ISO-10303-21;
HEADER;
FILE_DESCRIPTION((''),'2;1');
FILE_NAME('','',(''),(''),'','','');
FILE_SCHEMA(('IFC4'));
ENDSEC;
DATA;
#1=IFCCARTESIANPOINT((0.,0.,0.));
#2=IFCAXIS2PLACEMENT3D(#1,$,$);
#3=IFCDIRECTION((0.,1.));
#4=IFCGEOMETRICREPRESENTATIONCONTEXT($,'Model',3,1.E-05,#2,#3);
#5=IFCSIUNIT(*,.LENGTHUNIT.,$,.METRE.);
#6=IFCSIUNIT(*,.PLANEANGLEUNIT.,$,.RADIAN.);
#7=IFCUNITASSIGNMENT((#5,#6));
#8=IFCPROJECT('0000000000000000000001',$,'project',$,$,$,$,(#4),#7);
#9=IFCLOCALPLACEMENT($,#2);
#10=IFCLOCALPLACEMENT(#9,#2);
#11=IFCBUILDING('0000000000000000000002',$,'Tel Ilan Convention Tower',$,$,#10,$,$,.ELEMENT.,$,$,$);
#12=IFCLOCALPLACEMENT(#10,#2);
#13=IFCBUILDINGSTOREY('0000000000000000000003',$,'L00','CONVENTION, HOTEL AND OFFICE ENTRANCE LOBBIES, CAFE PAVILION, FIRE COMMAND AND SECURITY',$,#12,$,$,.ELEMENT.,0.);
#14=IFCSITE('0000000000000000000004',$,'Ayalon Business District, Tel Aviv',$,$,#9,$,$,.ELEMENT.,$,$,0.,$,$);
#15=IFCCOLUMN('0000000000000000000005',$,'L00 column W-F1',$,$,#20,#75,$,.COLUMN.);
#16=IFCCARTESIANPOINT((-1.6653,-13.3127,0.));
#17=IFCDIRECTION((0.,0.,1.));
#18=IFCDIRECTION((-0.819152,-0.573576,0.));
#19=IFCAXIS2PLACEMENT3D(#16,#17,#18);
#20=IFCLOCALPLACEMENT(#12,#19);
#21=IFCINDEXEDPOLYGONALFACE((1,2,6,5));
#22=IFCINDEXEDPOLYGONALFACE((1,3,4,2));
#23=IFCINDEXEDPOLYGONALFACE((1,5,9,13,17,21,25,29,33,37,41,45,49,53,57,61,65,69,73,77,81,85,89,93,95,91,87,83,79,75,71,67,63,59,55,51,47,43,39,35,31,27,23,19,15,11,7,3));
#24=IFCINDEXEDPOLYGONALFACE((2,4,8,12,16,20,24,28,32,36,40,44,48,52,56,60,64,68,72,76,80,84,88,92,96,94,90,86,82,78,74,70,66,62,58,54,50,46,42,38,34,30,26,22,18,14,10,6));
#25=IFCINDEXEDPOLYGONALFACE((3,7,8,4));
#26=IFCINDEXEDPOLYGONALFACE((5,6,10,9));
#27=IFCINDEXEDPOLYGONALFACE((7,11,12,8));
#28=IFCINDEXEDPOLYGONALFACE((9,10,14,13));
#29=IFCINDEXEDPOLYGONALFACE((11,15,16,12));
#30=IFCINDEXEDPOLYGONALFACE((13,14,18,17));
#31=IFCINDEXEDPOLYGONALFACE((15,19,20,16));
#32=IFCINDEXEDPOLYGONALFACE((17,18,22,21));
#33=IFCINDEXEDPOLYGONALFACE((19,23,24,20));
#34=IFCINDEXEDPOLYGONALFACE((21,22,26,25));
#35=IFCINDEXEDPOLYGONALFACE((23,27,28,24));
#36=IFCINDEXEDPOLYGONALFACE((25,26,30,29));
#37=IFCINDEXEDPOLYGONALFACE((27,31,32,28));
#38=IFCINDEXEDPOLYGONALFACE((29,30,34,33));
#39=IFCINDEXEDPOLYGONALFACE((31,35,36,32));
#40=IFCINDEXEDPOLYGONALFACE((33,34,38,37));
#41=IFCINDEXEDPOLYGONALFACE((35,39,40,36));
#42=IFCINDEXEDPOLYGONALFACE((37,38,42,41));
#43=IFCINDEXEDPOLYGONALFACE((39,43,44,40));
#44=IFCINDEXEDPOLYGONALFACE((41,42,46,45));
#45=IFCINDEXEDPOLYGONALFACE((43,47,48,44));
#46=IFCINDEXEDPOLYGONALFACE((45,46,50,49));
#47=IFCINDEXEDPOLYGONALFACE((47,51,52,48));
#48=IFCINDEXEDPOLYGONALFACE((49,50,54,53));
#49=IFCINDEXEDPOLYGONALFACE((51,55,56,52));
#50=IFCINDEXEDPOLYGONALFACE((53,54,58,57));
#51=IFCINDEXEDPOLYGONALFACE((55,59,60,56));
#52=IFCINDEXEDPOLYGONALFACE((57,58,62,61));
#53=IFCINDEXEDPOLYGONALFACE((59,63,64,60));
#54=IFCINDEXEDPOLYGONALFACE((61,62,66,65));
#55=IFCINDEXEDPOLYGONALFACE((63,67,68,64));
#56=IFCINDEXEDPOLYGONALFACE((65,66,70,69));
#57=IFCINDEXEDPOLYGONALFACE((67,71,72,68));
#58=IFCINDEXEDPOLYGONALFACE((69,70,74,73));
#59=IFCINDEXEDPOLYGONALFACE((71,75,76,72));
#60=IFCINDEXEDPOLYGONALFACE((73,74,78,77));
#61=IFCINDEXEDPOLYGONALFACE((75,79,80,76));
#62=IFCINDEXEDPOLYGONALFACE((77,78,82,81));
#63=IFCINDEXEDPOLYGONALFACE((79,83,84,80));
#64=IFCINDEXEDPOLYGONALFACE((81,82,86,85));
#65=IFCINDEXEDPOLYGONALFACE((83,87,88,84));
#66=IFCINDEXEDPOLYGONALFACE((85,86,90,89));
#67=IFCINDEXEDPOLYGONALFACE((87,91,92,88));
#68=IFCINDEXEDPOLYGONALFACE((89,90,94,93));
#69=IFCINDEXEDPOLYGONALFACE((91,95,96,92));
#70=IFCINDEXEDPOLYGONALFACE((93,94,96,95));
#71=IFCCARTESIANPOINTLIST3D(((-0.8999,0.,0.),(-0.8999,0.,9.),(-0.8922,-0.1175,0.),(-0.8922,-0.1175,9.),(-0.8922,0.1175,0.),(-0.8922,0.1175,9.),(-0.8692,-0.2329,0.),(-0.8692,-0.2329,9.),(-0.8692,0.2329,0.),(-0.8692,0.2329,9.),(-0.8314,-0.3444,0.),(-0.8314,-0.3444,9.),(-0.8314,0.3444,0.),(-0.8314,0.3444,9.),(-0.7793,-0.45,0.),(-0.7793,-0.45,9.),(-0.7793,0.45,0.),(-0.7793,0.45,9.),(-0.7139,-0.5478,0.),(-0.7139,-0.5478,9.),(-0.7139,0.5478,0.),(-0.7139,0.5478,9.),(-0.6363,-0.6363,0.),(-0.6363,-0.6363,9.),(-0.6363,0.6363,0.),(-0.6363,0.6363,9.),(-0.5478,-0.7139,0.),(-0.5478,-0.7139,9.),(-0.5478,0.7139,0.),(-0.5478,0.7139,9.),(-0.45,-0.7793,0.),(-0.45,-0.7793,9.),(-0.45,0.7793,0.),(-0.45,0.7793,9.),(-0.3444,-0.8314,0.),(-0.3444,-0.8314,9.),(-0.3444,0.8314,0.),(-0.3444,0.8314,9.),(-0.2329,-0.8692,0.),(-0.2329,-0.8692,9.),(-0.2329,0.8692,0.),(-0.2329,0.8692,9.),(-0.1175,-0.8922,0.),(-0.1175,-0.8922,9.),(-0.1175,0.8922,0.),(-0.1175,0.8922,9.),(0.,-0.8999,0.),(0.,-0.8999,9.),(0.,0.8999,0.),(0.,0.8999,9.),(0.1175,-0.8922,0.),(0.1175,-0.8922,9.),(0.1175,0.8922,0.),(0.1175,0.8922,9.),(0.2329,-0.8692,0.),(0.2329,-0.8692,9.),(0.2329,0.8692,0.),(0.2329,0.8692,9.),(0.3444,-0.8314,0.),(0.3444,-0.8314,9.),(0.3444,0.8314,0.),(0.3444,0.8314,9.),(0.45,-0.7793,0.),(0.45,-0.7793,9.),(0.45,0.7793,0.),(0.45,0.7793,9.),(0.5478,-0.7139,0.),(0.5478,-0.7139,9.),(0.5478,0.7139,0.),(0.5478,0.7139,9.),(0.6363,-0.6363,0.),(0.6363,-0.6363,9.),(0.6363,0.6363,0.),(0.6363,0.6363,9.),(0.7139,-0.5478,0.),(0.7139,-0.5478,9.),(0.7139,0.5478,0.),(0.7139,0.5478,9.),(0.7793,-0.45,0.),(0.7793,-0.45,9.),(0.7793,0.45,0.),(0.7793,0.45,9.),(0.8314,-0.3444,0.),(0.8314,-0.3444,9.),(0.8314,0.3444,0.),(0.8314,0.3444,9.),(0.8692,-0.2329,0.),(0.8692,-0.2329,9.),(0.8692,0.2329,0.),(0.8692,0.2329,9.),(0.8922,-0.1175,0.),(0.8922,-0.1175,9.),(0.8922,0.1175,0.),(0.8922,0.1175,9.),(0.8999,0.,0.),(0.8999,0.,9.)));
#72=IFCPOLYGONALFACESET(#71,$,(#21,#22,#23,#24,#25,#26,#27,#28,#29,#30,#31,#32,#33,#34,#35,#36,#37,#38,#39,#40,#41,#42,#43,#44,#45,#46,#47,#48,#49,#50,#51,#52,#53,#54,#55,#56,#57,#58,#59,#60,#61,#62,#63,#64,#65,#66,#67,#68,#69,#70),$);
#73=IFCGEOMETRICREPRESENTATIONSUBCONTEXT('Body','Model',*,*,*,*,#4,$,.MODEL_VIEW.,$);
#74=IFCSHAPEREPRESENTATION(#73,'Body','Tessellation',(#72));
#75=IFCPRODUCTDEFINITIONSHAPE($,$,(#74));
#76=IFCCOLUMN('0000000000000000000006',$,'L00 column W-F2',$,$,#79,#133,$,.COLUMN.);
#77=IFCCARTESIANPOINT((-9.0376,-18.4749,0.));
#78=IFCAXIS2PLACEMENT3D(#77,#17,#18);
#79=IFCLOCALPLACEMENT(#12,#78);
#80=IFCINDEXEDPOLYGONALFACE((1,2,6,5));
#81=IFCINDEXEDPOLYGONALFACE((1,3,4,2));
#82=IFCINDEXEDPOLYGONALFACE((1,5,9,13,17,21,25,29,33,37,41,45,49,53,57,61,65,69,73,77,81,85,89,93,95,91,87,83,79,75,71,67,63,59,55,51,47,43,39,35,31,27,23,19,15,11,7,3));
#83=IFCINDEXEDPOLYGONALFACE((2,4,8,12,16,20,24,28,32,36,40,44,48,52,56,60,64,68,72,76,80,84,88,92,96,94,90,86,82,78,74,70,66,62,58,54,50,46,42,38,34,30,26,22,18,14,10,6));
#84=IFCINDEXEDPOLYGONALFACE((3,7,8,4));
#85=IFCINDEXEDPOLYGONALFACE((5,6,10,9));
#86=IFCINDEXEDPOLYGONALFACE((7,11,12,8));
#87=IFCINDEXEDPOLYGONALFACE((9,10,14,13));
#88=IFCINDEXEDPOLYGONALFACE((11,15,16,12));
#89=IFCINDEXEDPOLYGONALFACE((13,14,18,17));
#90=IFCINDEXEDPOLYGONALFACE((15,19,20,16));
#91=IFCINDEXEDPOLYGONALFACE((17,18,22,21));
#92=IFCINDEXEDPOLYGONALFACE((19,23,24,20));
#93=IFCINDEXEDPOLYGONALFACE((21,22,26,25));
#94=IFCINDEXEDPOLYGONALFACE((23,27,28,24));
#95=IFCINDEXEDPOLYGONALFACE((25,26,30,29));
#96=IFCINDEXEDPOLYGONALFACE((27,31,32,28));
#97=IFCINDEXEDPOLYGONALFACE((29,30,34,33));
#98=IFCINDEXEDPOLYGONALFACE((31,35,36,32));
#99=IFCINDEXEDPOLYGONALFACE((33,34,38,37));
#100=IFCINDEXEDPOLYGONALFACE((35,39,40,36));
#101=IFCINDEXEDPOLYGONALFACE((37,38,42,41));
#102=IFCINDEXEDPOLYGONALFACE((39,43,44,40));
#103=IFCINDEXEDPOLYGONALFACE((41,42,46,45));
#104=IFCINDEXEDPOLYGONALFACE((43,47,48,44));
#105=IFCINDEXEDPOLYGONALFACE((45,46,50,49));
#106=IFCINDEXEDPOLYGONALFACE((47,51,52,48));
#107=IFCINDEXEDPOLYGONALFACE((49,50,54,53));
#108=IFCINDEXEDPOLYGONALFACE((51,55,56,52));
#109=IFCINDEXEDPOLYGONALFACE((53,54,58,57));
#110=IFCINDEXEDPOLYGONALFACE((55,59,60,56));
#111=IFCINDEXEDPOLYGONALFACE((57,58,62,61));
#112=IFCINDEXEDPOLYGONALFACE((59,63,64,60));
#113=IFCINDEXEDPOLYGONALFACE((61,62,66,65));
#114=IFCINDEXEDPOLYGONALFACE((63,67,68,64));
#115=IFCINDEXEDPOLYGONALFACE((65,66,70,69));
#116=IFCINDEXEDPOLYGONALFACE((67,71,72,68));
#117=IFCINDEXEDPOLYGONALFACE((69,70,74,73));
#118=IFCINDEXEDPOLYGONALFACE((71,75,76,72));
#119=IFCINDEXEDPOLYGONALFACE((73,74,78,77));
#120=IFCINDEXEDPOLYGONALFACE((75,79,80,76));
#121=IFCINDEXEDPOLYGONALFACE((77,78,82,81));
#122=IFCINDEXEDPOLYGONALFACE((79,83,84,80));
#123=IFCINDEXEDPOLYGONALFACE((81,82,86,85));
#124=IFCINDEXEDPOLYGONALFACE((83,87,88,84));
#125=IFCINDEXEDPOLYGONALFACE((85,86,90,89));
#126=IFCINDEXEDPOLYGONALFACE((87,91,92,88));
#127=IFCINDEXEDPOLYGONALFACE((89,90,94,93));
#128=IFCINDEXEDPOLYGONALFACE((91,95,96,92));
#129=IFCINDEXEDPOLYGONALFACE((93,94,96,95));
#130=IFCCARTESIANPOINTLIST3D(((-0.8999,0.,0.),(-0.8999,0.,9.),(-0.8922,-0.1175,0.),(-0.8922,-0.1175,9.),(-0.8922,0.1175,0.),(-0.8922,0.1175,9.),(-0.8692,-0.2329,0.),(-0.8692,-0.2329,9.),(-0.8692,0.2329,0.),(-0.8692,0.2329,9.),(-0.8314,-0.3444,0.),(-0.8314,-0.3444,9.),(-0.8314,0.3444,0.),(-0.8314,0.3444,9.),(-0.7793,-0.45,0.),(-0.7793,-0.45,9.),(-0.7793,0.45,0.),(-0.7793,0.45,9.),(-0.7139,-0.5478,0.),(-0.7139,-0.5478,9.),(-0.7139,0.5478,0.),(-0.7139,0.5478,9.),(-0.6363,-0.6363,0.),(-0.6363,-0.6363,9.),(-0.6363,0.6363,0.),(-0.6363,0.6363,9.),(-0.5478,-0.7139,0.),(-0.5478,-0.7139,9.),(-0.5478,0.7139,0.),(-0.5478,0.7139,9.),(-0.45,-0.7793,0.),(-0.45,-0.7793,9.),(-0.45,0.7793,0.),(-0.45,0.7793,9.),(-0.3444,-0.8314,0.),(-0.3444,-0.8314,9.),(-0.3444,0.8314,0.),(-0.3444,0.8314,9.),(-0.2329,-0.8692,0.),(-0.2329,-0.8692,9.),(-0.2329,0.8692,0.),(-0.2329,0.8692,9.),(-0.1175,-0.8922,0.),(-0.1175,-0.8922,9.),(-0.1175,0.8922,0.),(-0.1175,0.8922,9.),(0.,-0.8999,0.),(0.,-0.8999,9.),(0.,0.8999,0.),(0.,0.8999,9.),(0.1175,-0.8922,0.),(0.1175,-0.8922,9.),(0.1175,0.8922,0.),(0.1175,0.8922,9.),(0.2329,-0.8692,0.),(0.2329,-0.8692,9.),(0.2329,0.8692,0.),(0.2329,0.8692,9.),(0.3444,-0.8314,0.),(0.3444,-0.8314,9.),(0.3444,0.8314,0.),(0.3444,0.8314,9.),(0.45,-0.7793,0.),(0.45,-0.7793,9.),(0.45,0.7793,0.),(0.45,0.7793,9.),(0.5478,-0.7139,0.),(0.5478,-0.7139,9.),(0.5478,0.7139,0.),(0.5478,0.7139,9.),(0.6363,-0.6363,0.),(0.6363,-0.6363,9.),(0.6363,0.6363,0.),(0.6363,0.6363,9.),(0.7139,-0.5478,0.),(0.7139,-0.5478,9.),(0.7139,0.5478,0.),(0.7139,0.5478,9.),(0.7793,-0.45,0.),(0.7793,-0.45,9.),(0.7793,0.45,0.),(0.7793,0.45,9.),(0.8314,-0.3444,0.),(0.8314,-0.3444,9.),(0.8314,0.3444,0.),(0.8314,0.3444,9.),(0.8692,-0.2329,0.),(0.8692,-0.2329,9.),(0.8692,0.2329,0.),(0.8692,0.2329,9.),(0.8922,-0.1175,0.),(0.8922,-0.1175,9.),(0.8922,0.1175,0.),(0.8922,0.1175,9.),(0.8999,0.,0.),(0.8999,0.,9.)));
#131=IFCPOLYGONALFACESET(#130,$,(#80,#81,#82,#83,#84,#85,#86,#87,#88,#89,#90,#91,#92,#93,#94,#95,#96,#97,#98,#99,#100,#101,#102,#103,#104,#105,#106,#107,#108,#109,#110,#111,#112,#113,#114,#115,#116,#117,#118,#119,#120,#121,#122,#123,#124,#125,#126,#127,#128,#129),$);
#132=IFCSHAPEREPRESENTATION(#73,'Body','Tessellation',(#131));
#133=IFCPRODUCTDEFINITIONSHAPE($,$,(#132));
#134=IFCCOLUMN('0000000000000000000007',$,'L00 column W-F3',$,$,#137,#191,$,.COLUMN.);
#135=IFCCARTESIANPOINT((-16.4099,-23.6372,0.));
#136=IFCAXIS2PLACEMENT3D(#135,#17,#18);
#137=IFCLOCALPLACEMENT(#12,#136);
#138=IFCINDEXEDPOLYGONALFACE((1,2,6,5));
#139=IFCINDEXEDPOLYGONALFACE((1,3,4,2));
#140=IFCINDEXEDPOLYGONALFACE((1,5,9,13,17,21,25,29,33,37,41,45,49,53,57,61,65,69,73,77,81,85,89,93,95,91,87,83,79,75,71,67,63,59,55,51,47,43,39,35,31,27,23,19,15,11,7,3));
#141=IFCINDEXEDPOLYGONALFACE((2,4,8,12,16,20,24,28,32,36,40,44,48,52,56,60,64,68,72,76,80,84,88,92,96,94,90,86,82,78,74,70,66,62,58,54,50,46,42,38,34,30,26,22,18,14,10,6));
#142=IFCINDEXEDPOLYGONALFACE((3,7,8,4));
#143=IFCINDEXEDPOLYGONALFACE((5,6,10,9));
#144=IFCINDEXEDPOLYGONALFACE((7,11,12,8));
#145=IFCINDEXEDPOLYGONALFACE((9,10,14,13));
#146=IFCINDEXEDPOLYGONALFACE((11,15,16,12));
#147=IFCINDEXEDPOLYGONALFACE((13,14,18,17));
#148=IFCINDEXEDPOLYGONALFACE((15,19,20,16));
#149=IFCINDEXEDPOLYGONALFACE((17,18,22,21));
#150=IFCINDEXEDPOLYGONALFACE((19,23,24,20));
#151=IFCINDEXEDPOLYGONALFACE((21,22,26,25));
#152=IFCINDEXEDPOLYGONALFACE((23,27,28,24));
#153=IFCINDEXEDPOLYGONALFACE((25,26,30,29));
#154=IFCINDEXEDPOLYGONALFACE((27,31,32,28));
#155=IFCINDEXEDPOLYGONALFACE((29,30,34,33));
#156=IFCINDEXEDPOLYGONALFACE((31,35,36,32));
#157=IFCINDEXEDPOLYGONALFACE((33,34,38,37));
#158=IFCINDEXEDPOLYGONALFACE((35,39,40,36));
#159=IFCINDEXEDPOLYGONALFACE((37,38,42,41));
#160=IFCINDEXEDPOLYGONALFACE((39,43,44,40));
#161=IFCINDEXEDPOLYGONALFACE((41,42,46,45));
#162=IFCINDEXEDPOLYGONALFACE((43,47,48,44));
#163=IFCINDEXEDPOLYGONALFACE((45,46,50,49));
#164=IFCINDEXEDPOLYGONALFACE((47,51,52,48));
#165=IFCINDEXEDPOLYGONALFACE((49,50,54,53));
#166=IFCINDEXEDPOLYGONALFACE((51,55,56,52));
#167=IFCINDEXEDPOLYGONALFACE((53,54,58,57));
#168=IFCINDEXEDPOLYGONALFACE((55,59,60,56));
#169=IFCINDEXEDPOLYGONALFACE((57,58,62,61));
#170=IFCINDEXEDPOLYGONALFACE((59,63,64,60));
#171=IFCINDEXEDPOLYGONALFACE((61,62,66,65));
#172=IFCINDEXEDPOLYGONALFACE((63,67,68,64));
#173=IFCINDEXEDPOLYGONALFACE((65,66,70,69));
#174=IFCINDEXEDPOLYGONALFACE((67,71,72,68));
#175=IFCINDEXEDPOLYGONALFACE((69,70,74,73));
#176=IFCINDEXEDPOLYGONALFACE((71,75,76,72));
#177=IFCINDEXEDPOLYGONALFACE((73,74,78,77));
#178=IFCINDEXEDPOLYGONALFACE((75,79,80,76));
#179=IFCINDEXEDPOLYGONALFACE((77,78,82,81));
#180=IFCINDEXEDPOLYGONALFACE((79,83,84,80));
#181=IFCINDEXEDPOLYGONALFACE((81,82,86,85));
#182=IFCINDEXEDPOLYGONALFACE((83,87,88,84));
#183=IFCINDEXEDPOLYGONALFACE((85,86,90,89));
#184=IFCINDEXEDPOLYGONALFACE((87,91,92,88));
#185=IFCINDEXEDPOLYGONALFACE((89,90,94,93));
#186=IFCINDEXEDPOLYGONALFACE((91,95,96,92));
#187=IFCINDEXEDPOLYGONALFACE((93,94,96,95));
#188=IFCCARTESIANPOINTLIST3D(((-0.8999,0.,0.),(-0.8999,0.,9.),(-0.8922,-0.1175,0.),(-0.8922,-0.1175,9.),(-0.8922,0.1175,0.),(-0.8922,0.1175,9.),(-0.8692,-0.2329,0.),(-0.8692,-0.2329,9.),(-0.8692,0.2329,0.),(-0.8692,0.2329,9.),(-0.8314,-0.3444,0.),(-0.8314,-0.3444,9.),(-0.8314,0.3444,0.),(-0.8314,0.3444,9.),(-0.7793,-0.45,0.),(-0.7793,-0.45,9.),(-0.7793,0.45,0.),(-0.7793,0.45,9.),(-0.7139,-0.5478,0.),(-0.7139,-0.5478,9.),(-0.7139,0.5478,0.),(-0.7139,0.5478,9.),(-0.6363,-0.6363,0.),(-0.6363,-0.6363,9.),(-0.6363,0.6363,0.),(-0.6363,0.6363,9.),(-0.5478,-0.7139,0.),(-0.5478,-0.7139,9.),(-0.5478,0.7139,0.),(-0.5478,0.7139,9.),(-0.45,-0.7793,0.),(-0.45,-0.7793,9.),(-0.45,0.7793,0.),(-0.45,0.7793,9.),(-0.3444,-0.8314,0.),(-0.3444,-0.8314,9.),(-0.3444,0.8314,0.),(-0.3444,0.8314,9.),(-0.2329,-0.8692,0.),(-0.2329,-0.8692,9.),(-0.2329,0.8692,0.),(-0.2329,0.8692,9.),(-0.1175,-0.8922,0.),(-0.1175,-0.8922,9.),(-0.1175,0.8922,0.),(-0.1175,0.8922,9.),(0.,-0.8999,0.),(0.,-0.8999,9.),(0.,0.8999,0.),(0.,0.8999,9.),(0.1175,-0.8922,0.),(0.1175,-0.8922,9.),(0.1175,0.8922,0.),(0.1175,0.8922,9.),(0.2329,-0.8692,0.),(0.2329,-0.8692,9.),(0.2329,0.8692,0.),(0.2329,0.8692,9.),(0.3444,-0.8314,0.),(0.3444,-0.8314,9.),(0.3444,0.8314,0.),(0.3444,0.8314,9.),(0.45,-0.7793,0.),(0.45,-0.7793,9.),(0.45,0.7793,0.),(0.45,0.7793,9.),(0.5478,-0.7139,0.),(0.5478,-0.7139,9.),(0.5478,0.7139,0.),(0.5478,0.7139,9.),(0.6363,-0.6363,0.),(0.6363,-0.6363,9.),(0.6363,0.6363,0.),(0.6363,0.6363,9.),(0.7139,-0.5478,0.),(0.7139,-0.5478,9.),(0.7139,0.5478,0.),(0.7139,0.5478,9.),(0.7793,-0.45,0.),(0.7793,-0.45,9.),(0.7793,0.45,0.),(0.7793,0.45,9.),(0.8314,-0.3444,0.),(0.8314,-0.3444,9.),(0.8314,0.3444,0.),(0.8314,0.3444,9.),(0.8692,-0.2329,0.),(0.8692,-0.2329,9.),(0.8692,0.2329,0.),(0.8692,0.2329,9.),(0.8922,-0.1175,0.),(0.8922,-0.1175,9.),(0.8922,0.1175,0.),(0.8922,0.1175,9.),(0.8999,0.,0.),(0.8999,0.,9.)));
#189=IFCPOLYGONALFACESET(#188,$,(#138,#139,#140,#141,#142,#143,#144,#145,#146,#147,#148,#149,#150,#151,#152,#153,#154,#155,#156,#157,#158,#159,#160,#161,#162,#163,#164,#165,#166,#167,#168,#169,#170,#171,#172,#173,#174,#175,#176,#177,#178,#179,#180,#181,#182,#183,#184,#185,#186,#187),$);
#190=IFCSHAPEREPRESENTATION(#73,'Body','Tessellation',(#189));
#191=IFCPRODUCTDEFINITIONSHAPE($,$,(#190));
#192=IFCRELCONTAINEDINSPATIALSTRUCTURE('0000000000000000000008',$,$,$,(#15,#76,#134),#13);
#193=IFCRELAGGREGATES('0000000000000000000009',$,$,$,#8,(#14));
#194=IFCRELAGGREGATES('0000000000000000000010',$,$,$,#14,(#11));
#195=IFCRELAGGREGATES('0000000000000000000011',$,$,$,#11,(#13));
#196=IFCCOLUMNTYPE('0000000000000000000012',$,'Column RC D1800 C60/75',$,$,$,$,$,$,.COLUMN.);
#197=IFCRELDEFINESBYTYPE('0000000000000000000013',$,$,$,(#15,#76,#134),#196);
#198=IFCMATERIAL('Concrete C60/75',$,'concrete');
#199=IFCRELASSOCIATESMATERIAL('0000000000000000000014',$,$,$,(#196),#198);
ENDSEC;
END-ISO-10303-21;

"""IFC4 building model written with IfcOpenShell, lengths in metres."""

from ifc_helpers import new_model, si_unit, direction, frame, origin, origin_2d, place, context, subcontext, project, spatial, circle, extrude, material, material_profile, profile_set, type_object, element, save


model = new_model("IFC4")

# Units and contexts
model_context = context("Model", 3, precision=1e-05, world=origin(), true_north=direction((0.0, 1.0)))
body_context = subcontext(model_context, "Body", "Model", "MODEL_VIEW")
ifc_project = project(units=[si_unit("LENGTHUNIT", "METRE"), si_unit("PLANEANGLEUNIT", "RADIAN")], contexts=[model_context])

# Site, building, storey
site_placement = place(None, origin())
site = spatial("IfcSite", under=ifc_project, at=site_placement, Name="Ayalon Business District, Tel Aviv", CompositionType="ELEMENT", RefElevation=0.0)
building_placement = place(site_placement, origin())
building = spatial("IfcBuilding", under=site, at=building_placement, Name="Tel Ilan Convention Tower", CompositionType="ELEMENT")
storey_placement = place(building_placement, origin())
storey = spatial("IfcBuildingStorey", under=building, at=storey_placement, Name="L00", Description="CONVENTION, HOTEL AND OFFICE ENTRANCE LOBBIES, CAFE PAVILION, FIRE COMMAND AND SECURITY", CompositionType="ELEMENT", Elevation=0.0)

# Columns
ifc_material_1 = material(Name="Concrete C60/75", Category="concrete")
ifc_material_profile_1 = material_profile(ifc_material_1, circle(Radius=0.8999, at=origin_2d()), Name="RC D1800")
ifc_profile_set_1 = profile_set([ifc_material_profile_1], Name="Concrete C60/75")
column_type = type_object("IfcColumnType", Name="Column RC D1800 C60/75", PredefinedType="COLUMN", material=ifc_profile_set_1)
for number, where, z_axis, x_axis, name in (
    (1, (-1.6653, -13.3127, 0.0), (0.0, 0.0, 1.0), (-0.819152, -0.573576, 0.0), "L00 column W-F1"),
    (2, (-9.0376, -18.4749, 0.0), (0.0, 0.0, 1.0), (-0.819152, -0.573576, 0.0), "L00 column W-F2"),
    (3, (-16.4099, -23.6372, 0.0), (0.0, 0.0, 1.0), (-0.819152, -0.573576, 0.0), "L00 column W-F3"),
):
    element("IfcColumn", number, at=place(storey_placement, frame(where, z_axis=z_axis, x_axis=x_axis)), inside=storey, type_object=column_type, Name=name, PredefinedType="COLUMN", context=body_context, shape_type="SweptSolid", body=[
        extrude(circle(Radius=0.8999, at=origin_2d()), origin(), (0.0, 0.0, 1.0), 9.0),
    ])

save(model, "model.ifc")
